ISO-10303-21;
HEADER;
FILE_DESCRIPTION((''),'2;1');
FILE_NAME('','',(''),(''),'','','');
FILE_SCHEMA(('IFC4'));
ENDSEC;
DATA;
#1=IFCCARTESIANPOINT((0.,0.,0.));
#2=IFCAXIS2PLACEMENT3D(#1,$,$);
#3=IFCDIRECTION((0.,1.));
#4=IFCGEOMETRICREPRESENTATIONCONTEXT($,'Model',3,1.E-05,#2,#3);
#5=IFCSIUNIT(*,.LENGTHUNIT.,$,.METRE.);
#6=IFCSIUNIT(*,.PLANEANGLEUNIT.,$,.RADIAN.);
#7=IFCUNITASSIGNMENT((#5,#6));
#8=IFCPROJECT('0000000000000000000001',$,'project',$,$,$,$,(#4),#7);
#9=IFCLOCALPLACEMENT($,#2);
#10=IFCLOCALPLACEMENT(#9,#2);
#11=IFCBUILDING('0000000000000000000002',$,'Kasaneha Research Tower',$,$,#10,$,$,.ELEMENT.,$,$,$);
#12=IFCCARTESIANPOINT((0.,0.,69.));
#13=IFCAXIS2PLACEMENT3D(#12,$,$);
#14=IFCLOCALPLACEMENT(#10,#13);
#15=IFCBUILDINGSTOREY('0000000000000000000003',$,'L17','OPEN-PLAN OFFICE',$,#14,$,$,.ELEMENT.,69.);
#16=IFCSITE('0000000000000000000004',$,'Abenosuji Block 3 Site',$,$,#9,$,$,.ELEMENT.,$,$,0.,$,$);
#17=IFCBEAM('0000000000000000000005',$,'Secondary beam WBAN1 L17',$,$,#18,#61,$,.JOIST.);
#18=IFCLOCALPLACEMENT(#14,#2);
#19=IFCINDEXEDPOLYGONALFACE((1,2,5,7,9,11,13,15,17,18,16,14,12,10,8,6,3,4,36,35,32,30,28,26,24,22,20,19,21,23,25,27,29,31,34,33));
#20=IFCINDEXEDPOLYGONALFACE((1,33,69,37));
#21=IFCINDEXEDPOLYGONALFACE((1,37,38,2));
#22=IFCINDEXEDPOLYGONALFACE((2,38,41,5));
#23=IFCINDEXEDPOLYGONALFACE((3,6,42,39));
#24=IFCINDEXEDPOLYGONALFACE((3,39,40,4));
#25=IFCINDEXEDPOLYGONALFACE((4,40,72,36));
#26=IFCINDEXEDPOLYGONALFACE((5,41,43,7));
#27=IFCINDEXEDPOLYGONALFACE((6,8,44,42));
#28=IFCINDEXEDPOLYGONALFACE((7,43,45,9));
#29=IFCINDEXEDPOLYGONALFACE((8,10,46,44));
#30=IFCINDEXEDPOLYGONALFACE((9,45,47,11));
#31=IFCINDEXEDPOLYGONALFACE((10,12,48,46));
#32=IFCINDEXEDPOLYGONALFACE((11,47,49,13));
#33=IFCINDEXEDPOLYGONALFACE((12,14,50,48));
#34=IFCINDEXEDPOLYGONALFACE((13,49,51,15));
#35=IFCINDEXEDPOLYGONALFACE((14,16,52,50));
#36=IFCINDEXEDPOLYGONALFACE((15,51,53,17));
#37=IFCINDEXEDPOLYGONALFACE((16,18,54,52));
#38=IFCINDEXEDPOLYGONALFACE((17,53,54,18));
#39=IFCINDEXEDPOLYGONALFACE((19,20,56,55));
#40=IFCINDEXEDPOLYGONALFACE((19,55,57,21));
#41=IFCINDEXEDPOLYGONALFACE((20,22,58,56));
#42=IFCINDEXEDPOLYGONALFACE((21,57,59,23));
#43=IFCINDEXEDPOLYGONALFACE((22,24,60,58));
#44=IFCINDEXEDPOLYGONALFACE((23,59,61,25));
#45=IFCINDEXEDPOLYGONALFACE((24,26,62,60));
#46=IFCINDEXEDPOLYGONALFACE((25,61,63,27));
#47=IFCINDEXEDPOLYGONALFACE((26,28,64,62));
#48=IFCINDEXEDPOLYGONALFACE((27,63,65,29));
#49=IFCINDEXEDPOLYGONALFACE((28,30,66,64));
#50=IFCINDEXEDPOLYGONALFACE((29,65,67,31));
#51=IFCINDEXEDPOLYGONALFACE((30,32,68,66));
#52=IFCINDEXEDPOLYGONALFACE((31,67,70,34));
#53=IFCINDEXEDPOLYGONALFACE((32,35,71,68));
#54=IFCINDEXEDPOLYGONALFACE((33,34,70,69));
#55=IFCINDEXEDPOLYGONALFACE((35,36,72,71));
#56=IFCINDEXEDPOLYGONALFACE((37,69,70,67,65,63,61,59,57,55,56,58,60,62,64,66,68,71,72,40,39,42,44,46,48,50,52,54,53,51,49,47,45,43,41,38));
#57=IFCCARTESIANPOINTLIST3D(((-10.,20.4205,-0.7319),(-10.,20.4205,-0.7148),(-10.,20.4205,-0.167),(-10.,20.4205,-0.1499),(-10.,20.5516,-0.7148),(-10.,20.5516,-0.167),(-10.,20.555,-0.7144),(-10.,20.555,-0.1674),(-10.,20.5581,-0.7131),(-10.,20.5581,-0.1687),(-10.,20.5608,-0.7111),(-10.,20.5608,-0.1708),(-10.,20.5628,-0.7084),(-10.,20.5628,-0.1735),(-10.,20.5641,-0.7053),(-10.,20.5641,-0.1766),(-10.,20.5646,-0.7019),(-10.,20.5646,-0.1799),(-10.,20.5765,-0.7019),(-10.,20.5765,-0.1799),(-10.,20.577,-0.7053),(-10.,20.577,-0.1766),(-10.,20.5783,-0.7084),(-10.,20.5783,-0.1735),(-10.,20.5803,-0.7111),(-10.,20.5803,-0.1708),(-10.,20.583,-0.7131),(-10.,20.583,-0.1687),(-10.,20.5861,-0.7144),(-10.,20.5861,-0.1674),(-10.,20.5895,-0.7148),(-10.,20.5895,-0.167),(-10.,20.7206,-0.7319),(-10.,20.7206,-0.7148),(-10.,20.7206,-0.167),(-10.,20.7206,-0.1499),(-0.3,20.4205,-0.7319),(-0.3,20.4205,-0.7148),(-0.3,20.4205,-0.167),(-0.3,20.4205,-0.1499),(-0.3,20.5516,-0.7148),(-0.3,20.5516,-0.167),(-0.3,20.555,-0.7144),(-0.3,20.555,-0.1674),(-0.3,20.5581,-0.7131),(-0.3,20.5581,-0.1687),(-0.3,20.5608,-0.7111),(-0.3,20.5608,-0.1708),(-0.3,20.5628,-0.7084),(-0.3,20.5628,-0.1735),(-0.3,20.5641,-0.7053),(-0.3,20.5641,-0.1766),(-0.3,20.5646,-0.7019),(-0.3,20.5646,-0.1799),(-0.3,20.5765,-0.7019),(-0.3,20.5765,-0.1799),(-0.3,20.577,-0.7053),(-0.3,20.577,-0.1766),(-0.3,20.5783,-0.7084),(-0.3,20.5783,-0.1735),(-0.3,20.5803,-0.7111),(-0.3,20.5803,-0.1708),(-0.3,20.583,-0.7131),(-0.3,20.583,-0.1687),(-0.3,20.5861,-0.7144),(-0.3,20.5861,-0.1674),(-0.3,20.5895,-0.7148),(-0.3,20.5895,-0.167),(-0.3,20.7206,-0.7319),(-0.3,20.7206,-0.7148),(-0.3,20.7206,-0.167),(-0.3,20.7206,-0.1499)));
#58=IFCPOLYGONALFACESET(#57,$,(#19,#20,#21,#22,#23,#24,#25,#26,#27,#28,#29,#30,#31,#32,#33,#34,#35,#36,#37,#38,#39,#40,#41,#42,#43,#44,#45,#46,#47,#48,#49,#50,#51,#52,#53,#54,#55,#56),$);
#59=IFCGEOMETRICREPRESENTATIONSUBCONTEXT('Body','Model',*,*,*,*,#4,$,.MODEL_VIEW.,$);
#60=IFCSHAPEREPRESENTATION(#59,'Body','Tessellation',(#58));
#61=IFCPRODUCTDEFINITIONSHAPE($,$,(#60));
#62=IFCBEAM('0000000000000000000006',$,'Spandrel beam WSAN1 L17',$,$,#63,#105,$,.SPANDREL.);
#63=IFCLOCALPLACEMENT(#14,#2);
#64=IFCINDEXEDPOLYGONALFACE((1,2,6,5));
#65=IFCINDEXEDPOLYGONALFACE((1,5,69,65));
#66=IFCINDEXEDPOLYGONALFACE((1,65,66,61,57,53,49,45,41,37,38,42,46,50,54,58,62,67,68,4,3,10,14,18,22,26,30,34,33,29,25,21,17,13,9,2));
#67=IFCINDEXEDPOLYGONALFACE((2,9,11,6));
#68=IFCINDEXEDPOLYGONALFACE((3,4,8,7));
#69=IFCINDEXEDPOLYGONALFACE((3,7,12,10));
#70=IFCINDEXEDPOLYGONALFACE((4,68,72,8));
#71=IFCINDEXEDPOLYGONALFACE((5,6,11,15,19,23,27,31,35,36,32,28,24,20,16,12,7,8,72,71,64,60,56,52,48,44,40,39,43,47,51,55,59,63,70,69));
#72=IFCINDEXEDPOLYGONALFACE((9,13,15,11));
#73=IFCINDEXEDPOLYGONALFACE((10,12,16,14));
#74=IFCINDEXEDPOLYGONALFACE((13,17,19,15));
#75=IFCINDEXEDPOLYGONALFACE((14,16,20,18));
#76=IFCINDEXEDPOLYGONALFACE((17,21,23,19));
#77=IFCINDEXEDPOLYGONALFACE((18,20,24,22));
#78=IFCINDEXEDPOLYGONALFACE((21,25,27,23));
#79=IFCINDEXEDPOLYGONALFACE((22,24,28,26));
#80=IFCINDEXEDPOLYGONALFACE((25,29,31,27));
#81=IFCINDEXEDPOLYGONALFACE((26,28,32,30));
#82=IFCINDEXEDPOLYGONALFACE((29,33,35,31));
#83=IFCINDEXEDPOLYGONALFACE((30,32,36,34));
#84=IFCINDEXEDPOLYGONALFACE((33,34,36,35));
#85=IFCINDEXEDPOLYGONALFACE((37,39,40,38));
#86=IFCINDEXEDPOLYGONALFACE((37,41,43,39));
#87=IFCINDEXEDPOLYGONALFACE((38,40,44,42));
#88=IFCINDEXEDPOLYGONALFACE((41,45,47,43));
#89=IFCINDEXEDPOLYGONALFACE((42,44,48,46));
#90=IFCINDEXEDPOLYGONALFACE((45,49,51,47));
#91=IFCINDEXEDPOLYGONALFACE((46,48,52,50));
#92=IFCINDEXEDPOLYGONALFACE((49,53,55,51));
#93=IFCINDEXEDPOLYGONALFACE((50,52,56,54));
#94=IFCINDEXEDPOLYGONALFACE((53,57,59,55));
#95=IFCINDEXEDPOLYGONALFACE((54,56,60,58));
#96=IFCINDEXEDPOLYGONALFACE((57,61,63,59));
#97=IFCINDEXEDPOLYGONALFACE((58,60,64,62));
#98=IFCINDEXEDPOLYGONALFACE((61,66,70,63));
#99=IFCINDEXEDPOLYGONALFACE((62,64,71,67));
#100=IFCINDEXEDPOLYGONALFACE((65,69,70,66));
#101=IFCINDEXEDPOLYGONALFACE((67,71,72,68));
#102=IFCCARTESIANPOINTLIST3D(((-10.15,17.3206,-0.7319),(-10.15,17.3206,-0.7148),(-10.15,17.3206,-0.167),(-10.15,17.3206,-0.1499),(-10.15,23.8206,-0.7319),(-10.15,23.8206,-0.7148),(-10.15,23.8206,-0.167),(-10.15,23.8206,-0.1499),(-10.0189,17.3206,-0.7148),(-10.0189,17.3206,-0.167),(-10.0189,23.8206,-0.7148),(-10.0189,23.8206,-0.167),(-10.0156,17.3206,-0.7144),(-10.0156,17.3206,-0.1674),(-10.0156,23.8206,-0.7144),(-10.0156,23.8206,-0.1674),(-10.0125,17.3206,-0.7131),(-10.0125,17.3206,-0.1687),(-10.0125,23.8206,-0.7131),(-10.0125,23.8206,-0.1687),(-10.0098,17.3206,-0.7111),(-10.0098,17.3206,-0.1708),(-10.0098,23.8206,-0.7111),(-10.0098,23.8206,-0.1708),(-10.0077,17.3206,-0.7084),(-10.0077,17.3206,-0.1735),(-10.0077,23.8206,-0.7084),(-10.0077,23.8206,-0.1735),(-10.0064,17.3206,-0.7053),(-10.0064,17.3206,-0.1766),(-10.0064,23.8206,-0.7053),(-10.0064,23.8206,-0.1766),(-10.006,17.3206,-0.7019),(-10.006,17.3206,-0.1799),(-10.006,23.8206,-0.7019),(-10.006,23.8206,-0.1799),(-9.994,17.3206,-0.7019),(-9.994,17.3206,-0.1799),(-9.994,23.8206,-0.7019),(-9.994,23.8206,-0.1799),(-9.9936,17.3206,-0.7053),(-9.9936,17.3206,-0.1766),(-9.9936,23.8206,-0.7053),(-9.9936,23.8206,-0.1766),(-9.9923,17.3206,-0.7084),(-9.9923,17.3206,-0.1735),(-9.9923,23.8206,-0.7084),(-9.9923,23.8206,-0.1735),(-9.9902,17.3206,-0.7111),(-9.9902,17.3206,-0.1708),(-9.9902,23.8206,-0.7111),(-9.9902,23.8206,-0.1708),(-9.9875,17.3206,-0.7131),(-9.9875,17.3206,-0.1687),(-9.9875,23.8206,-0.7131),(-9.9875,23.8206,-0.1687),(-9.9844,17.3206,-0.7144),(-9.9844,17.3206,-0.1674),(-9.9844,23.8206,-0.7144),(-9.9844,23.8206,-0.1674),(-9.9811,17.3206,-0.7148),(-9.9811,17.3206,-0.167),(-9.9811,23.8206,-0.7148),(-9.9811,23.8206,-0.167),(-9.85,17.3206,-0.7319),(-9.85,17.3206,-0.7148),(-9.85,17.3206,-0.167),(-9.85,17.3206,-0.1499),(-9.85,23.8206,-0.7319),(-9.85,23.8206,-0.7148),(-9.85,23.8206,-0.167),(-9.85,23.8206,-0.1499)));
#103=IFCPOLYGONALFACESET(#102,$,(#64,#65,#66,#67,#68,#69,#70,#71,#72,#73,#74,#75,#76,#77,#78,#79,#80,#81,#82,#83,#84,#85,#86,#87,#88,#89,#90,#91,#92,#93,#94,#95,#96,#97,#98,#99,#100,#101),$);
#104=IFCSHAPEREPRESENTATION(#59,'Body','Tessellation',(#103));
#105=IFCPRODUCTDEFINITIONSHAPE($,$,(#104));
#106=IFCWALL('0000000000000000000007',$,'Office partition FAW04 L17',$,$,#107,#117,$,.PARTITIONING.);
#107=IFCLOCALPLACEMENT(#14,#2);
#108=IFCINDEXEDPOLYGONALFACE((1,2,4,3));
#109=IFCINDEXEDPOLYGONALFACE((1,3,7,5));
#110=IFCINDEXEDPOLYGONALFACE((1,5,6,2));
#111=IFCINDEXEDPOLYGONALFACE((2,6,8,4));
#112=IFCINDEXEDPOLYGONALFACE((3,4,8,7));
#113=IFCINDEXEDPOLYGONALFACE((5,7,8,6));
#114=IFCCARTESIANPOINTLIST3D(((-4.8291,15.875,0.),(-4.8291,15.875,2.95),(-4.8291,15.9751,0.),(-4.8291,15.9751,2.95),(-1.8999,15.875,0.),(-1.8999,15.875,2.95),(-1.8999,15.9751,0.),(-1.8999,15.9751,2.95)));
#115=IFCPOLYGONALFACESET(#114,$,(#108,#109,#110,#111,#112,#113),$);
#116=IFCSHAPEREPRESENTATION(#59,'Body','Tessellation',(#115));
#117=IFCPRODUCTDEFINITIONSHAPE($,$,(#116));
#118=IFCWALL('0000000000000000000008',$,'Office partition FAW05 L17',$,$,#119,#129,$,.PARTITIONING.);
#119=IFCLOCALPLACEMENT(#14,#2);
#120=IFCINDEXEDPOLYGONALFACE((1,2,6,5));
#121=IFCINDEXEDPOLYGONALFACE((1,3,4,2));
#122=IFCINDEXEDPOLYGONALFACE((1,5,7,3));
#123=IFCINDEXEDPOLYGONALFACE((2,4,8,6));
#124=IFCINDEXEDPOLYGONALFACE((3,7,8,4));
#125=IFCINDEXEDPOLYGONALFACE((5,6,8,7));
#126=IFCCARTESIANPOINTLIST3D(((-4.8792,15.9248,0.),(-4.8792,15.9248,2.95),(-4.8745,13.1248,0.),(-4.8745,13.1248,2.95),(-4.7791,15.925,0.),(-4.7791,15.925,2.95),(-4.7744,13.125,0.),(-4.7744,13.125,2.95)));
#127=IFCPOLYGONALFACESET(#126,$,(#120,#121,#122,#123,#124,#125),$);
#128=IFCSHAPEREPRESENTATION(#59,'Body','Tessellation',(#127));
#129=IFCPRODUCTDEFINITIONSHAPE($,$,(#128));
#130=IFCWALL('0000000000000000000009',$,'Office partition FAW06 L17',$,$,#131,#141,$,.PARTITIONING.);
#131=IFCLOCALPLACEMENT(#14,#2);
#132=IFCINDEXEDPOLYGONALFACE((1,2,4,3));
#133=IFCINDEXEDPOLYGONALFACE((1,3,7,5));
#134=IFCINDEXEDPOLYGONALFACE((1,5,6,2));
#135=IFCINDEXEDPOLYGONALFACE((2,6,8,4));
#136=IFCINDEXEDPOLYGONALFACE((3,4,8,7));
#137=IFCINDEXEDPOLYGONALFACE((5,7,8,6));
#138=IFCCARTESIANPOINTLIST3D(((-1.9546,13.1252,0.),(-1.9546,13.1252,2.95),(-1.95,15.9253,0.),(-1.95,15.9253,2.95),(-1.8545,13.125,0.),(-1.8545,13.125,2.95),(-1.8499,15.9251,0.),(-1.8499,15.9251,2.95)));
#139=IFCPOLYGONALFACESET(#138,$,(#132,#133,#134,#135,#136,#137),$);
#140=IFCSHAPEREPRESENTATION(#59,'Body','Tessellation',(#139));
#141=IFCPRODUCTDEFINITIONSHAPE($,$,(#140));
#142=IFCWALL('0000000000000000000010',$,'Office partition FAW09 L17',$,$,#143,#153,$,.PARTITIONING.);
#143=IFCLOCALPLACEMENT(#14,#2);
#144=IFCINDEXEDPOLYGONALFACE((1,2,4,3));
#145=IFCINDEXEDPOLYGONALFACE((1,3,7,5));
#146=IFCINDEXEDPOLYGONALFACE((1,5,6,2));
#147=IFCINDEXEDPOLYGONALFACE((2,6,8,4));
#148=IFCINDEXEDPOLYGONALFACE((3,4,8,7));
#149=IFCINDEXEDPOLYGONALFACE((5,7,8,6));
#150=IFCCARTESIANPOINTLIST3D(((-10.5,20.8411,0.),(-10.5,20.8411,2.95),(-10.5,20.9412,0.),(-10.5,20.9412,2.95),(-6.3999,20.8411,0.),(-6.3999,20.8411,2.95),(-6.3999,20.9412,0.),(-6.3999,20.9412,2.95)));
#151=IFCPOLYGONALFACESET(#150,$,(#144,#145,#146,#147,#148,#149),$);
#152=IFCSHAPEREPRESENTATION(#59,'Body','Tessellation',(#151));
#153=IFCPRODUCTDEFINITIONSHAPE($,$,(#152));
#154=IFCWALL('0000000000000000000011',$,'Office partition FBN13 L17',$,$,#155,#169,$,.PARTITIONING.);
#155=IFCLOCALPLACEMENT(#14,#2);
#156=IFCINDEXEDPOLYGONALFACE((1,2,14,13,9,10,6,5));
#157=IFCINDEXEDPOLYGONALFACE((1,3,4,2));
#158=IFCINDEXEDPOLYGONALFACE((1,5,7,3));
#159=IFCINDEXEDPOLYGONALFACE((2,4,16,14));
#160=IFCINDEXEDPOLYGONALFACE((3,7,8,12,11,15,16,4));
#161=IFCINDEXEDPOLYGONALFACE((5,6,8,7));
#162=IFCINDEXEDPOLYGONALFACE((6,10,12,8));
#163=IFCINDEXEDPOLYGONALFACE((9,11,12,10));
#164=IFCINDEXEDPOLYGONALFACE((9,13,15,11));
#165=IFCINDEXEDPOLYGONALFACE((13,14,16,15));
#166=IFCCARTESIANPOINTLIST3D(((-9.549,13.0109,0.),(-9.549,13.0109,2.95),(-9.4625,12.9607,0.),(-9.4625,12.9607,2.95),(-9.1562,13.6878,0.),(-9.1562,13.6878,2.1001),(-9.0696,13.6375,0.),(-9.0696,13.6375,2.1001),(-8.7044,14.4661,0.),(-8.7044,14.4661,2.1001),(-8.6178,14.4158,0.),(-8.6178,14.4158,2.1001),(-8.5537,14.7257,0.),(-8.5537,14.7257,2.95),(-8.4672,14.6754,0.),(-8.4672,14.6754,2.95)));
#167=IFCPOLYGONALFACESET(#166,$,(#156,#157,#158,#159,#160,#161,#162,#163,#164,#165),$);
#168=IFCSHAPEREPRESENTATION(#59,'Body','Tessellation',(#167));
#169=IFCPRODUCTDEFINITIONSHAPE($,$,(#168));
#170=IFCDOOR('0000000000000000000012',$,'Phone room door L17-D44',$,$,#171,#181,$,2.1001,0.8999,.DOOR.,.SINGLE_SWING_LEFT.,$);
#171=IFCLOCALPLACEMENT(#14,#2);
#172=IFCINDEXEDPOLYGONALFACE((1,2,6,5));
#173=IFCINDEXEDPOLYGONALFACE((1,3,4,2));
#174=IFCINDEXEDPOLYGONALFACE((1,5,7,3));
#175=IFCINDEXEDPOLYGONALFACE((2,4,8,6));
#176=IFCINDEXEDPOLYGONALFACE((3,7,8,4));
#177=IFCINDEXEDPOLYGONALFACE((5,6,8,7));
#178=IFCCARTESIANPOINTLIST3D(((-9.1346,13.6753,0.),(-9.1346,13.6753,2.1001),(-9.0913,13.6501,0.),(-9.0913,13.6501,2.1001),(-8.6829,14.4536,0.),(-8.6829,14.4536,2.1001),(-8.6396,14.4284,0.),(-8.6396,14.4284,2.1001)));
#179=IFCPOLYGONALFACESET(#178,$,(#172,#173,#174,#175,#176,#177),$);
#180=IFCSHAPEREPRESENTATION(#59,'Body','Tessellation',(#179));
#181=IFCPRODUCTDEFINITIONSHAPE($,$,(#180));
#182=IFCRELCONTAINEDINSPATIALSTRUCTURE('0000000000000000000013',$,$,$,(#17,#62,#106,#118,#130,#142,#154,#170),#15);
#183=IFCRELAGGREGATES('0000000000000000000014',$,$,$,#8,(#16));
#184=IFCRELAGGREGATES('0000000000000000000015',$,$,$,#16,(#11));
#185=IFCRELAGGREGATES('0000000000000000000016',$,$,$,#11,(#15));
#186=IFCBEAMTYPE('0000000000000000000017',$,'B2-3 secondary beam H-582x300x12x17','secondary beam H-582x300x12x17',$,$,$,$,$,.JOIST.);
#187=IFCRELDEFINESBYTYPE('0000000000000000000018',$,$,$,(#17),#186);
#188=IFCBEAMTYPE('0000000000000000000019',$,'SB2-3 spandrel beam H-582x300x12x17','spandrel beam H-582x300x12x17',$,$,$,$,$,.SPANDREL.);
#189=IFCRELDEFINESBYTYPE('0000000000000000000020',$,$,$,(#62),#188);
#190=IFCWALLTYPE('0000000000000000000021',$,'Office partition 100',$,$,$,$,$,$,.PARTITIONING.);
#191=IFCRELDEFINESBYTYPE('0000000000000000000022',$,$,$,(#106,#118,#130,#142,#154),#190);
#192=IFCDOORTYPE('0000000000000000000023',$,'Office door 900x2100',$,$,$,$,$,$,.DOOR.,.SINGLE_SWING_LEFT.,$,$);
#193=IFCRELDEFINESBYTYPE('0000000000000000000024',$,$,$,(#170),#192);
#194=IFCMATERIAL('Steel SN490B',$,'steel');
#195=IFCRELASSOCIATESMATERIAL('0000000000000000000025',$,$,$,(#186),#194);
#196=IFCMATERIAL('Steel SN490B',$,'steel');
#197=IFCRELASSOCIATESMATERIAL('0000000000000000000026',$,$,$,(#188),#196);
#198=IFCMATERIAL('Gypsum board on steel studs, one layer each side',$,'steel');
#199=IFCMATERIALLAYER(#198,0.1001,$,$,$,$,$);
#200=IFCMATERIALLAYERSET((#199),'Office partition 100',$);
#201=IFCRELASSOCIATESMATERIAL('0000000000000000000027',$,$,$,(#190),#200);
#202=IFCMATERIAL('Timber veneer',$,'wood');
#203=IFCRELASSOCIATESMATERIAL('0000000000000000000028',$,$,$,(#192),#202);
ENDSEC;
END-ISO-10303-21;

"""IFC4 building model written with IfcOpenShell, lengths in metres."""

from ifc_helpers import new_model, si_unit, direction, frame, frame_2d, origin, origin_2d, place, context, subcontext, project, spatial, rectangle, i_section, extrude, material, layer, layer_set, material_profile, profile_set, type_object, element, fill, save


model = new_model("IFC4")

# Units and contexts
model_context = context("Model", 3, precision=1e-05, world=origin(), true_north=direction((0.0, 1.0)))
body_context = subcontext(model_context, "Body", "Model", "MODEL_VIEW")
ifc_project = project(units=[si_unit("LENGTHUNIT", "METRE"), si_unit("PLANEANGLEUNIT", "RADIAN")], contexts=[model_context])

# Site, building, storey
site_placement = place(None, origin())
site = spatial("IfcSite", under=ifc_project, at=site_placement, Name="Abenosuji Block 3 Site", CompositionType="ELEMENT", RefElevation=0.0)
building_placement = place(site_placement, origin())
building = spatial("IfcBuilding", under=site, at=building_placement, Name="Kasaneha Research Tower", CompositionType="ELEMENT")
storey_placement = place(building_placement, frame((0.0, 0.0, 69.0)))
storey = spatial("IfcBuildingStorey", under=building, at=storey_placement, Name="L17", Description="OPEN-PLAN OFFICE", CompositionType="ELEMENT", Elevation=69.0)

# Beams
ifc_material_1 = material(Name="Steel SN490B", Category="steel")
ifc_material_profile_1 = material_profile(ifc_material_1, i_section(OverallWidth=0.3, OverallDepth=0.582, WebThickness=0.012, FlangeThickness=0.0171, FilletRadius=0.0129, at=origin_2d()), Name="H-582x300x12x17")
ifc_profile_set_1 = profile_set([ifc_material_profile_1], Name="Steel SN490B")
beam_type_1 = type_object("IfcBeamType", Name="B2-3 secondary beam H-582x300x12x17", Description="secondary beam H-582x300x12x17", PredefinedType="JOIST", material=ifc_profile_set_1)
beam_1_placement = place(storey_placement, frame((-10.0, 20.5706, -0.4409), z_axis=(1.0, 0.0, 0.0), x_axis=(0.0, 1.0, 0.0)))
element("IfcBeam", 1, at=beam_1_placement, inside=storey, type_object=beam_type_1, Name="Secondary beam WBAN1 L17", PredefinedType="JOIST", context=body_context, shape_type="SweptSolid", body=[
    extrude(i_section(OverallWidth=0.3, OverallDepth=0.582, WebThickness=0.012, FlangeThickness=0.0171, FilletRadius=0.0129, at=origin_2d()), origin(), (0.0, 0.0, 1.0), 9.7),
])
ifc_material_2 = material(Name="Steel SN490B", Category="steel")
ifc_material_profile_2 = material_profile(ifc_material_2, i_section(OverallWidth=0.3, OverallDepth=0.582, WebThickness=0.012, FlangeThickness=0.0171, FilletRadius=0.0129, at=origin_2d()), Name="H-582x300x12x17")
ifc_profile_set_2 = profile_set([ifc_material_profile_2], Name="Steel SN490B")
beam_type_2 = type_object("IfcBeamType", Name="SB2-3 spandrel beam H-582x300x12x17", Description="spandrel beam H-582x300x12x17", PredefinedType="SPANDREL", material=ifc_profile_set_2)
beam_2_placement = place(storey_placement, frame((-10.0, 17.3206, -0.4409), z_axis=(0.0, 1.0, 0.0), x_axis=(-1.0, 0.0, 0.0)))
element("IfcBeam", 2, at=beam_2_placement, inside=storey, type_object=beam_type_2, Name="Spandrel beam WSAN1 L17", PredefinedType="SPANDREL", context=body_context, shape_type="SweptSolid", body=[
    extrude(i_section(OverallWidth=0.3, OverallDepth=0.582, WebThickness=0.012, FlangeThickness=0.0171, FilletRadius=0.0129, at=origin_2d()), origin(), (0.0, 0.0, 1.0), 6.5),
])

# Walls
ifc_material_3 = material(Name="Gypsum board on steel studs, one layer each side", Category="steel")
ifc_layer_1 = layer(ifc_material_3, 0.1001)
ifc_layer_set_1 = layer_set([ifc_layer_1], Name="Office partition 100")
wall_type_1 = type_object("IfcWallType", Name="Office partition 100", PredefinedType="PARTITIONING", material=ifc_layer_set_1)
wall_1_placement = place(storey_placement, frame((-4.8291, 15.925, 0.0), z_axis=(0.0, 0.0, 1.0), x_axis=(1.0, 0.0, 0.0)))
element("IfcWall", 3, at=wall_1_placement, inside=storey, type_object=wall_type_1, Name="Office partition FAW04 L17", PredefinedType="PARTITIONING", context=body_context, shape_type="SweptSolid", body=[
    extrude(rectangle(XDim=2.9292, YDim=0.1001, at=frame_2d((1.4646, 0.0))), origin(), (0.0, 0.0, 1.0), 2.95),
])
for number, where, z_axis, x_axis, name in (
    (4, (-4.8245, 13.125, 0.0), (0.0, 0.0, 1.0), (-0.001657, 0.999999, 0.0), "Office partition FAW05 L17"),
    (5, (-1.8999, 15.925, 0.0), (0.0, 0.0, 1.0), (-0.001657, -0.999999, 0.0), "Office partition FAW06 L17"),
):
    element("IfcWall", number, at=place(storey_placement, frame(where, z_axis=z_axis, x_axis=x_axis)), inside=storey, type_object=wall_type_1, Name=name, PredefinedType="PARTITIONING", context=body_context, shape_type="SweptSolid", body=[
        extrude(rectangle(XDim=2.8, YDim=0.1001, at=frame_2d((1.3999, 0.0))), origin(), (0.0, 0.0, 1.0), 2.95),
    ])
wall_2_placement = place(storey_placement, frame((-6.3999, 20.8911, 0.0), z_axis=(0.0, 0.0, 1.0), x_axis=(-1.0, 0.0, 0.0)))
element("IfcWall", 6, at=wall_2_placement, inside=storey, type_object=wall_type_1, Name="Office partition FAW09 L17", PredefinedType="PARTITIONING", context=body_context, shape_type="SweptSolid", body=[
    extrude(rectangle(XDim=4.1001, YDim=0.1001, at=frame_2d((2.05, 0.0))), origin(), (0.0, 0.0, 1.0), 2.95),
])

# Wall, opening, door
wall_3_placement = place(storey_placement, frame((-8.5105, 14.7004, 0.0), z_axis=(0.0, 0.0, 1.0), x_axis=(-0.502002, -0.864867, 0.0)))
wall_3 = element("IfcWall", 7, at=wall_3_placement, inside=storey, type_object=wall_type_1, Name="Office partition FBN13 L17", PredefinedType="PARTITIONING", context=body_context, shape_type="SweptSolid", body=[
    extrude(rectangle(XDim=1.9827, YDim=0.1001, at=frame_2d((0.9912, 0.0))), origin(), (0.0, 0.0, 1.0), 2.95),
])
opening_1_placement = place(wall_3_placement, frame((0.3, 0.0, 0.0)))
opening_1 = element("IfcOpeningElement", 8, at=opening_1_placement, cuts=wall_3, PredefinedType="OPENING", context=body_context, shape_type="SweptSolid", body=[
    extrude(rectangle(XDim=0.8999, YDim=2.1001, at=frame_2d((0.45, 1.05))), frame((0.0, 0.0601, 0.0), z_axis=(0.0, -1.0, 0.0), x_axis=(1.0, 0.0, 0.0)), (0.0, 0.0, 1.0), 0.1201),
])
ifc_material_4 = material(Name="Timber veneer", Category="wood")
door_type_1 = type_object("IfcDoorType", Name="Office door 900x2100", OperationType="SINGLE_SWING_LEFT", PredefinedType="DOOR", material=ifc_material_4)
door_1_placement = place(opening_1_placement, origin())
door_1 = element("IfcDoor", 9, at=door_1_placement, inside=storey, type_object=door_type_1, Name="Phone room door L17-D44", OperationType="SINGLE_SWING_LEFT", OverallHeight=2.1001, OverallWidth=0.8999, PredefinedType="DOOR", context=body_context, shape_type="SweptSolid", body=[
    extrude(rectangle(XDim=0.8999, YDim=2.1001, at=frame_2d((0.45, 1.05))), frame((0.0, 0.0249, 0.0), z_axis=(0.0, -1.0, 0.0), x_axis=(1.0, 0.0, 0.0)), (0.0, 0.0, 1.0), 0.05),
])
fill(opening_1, door_1)

save(model, "model.ifc")
